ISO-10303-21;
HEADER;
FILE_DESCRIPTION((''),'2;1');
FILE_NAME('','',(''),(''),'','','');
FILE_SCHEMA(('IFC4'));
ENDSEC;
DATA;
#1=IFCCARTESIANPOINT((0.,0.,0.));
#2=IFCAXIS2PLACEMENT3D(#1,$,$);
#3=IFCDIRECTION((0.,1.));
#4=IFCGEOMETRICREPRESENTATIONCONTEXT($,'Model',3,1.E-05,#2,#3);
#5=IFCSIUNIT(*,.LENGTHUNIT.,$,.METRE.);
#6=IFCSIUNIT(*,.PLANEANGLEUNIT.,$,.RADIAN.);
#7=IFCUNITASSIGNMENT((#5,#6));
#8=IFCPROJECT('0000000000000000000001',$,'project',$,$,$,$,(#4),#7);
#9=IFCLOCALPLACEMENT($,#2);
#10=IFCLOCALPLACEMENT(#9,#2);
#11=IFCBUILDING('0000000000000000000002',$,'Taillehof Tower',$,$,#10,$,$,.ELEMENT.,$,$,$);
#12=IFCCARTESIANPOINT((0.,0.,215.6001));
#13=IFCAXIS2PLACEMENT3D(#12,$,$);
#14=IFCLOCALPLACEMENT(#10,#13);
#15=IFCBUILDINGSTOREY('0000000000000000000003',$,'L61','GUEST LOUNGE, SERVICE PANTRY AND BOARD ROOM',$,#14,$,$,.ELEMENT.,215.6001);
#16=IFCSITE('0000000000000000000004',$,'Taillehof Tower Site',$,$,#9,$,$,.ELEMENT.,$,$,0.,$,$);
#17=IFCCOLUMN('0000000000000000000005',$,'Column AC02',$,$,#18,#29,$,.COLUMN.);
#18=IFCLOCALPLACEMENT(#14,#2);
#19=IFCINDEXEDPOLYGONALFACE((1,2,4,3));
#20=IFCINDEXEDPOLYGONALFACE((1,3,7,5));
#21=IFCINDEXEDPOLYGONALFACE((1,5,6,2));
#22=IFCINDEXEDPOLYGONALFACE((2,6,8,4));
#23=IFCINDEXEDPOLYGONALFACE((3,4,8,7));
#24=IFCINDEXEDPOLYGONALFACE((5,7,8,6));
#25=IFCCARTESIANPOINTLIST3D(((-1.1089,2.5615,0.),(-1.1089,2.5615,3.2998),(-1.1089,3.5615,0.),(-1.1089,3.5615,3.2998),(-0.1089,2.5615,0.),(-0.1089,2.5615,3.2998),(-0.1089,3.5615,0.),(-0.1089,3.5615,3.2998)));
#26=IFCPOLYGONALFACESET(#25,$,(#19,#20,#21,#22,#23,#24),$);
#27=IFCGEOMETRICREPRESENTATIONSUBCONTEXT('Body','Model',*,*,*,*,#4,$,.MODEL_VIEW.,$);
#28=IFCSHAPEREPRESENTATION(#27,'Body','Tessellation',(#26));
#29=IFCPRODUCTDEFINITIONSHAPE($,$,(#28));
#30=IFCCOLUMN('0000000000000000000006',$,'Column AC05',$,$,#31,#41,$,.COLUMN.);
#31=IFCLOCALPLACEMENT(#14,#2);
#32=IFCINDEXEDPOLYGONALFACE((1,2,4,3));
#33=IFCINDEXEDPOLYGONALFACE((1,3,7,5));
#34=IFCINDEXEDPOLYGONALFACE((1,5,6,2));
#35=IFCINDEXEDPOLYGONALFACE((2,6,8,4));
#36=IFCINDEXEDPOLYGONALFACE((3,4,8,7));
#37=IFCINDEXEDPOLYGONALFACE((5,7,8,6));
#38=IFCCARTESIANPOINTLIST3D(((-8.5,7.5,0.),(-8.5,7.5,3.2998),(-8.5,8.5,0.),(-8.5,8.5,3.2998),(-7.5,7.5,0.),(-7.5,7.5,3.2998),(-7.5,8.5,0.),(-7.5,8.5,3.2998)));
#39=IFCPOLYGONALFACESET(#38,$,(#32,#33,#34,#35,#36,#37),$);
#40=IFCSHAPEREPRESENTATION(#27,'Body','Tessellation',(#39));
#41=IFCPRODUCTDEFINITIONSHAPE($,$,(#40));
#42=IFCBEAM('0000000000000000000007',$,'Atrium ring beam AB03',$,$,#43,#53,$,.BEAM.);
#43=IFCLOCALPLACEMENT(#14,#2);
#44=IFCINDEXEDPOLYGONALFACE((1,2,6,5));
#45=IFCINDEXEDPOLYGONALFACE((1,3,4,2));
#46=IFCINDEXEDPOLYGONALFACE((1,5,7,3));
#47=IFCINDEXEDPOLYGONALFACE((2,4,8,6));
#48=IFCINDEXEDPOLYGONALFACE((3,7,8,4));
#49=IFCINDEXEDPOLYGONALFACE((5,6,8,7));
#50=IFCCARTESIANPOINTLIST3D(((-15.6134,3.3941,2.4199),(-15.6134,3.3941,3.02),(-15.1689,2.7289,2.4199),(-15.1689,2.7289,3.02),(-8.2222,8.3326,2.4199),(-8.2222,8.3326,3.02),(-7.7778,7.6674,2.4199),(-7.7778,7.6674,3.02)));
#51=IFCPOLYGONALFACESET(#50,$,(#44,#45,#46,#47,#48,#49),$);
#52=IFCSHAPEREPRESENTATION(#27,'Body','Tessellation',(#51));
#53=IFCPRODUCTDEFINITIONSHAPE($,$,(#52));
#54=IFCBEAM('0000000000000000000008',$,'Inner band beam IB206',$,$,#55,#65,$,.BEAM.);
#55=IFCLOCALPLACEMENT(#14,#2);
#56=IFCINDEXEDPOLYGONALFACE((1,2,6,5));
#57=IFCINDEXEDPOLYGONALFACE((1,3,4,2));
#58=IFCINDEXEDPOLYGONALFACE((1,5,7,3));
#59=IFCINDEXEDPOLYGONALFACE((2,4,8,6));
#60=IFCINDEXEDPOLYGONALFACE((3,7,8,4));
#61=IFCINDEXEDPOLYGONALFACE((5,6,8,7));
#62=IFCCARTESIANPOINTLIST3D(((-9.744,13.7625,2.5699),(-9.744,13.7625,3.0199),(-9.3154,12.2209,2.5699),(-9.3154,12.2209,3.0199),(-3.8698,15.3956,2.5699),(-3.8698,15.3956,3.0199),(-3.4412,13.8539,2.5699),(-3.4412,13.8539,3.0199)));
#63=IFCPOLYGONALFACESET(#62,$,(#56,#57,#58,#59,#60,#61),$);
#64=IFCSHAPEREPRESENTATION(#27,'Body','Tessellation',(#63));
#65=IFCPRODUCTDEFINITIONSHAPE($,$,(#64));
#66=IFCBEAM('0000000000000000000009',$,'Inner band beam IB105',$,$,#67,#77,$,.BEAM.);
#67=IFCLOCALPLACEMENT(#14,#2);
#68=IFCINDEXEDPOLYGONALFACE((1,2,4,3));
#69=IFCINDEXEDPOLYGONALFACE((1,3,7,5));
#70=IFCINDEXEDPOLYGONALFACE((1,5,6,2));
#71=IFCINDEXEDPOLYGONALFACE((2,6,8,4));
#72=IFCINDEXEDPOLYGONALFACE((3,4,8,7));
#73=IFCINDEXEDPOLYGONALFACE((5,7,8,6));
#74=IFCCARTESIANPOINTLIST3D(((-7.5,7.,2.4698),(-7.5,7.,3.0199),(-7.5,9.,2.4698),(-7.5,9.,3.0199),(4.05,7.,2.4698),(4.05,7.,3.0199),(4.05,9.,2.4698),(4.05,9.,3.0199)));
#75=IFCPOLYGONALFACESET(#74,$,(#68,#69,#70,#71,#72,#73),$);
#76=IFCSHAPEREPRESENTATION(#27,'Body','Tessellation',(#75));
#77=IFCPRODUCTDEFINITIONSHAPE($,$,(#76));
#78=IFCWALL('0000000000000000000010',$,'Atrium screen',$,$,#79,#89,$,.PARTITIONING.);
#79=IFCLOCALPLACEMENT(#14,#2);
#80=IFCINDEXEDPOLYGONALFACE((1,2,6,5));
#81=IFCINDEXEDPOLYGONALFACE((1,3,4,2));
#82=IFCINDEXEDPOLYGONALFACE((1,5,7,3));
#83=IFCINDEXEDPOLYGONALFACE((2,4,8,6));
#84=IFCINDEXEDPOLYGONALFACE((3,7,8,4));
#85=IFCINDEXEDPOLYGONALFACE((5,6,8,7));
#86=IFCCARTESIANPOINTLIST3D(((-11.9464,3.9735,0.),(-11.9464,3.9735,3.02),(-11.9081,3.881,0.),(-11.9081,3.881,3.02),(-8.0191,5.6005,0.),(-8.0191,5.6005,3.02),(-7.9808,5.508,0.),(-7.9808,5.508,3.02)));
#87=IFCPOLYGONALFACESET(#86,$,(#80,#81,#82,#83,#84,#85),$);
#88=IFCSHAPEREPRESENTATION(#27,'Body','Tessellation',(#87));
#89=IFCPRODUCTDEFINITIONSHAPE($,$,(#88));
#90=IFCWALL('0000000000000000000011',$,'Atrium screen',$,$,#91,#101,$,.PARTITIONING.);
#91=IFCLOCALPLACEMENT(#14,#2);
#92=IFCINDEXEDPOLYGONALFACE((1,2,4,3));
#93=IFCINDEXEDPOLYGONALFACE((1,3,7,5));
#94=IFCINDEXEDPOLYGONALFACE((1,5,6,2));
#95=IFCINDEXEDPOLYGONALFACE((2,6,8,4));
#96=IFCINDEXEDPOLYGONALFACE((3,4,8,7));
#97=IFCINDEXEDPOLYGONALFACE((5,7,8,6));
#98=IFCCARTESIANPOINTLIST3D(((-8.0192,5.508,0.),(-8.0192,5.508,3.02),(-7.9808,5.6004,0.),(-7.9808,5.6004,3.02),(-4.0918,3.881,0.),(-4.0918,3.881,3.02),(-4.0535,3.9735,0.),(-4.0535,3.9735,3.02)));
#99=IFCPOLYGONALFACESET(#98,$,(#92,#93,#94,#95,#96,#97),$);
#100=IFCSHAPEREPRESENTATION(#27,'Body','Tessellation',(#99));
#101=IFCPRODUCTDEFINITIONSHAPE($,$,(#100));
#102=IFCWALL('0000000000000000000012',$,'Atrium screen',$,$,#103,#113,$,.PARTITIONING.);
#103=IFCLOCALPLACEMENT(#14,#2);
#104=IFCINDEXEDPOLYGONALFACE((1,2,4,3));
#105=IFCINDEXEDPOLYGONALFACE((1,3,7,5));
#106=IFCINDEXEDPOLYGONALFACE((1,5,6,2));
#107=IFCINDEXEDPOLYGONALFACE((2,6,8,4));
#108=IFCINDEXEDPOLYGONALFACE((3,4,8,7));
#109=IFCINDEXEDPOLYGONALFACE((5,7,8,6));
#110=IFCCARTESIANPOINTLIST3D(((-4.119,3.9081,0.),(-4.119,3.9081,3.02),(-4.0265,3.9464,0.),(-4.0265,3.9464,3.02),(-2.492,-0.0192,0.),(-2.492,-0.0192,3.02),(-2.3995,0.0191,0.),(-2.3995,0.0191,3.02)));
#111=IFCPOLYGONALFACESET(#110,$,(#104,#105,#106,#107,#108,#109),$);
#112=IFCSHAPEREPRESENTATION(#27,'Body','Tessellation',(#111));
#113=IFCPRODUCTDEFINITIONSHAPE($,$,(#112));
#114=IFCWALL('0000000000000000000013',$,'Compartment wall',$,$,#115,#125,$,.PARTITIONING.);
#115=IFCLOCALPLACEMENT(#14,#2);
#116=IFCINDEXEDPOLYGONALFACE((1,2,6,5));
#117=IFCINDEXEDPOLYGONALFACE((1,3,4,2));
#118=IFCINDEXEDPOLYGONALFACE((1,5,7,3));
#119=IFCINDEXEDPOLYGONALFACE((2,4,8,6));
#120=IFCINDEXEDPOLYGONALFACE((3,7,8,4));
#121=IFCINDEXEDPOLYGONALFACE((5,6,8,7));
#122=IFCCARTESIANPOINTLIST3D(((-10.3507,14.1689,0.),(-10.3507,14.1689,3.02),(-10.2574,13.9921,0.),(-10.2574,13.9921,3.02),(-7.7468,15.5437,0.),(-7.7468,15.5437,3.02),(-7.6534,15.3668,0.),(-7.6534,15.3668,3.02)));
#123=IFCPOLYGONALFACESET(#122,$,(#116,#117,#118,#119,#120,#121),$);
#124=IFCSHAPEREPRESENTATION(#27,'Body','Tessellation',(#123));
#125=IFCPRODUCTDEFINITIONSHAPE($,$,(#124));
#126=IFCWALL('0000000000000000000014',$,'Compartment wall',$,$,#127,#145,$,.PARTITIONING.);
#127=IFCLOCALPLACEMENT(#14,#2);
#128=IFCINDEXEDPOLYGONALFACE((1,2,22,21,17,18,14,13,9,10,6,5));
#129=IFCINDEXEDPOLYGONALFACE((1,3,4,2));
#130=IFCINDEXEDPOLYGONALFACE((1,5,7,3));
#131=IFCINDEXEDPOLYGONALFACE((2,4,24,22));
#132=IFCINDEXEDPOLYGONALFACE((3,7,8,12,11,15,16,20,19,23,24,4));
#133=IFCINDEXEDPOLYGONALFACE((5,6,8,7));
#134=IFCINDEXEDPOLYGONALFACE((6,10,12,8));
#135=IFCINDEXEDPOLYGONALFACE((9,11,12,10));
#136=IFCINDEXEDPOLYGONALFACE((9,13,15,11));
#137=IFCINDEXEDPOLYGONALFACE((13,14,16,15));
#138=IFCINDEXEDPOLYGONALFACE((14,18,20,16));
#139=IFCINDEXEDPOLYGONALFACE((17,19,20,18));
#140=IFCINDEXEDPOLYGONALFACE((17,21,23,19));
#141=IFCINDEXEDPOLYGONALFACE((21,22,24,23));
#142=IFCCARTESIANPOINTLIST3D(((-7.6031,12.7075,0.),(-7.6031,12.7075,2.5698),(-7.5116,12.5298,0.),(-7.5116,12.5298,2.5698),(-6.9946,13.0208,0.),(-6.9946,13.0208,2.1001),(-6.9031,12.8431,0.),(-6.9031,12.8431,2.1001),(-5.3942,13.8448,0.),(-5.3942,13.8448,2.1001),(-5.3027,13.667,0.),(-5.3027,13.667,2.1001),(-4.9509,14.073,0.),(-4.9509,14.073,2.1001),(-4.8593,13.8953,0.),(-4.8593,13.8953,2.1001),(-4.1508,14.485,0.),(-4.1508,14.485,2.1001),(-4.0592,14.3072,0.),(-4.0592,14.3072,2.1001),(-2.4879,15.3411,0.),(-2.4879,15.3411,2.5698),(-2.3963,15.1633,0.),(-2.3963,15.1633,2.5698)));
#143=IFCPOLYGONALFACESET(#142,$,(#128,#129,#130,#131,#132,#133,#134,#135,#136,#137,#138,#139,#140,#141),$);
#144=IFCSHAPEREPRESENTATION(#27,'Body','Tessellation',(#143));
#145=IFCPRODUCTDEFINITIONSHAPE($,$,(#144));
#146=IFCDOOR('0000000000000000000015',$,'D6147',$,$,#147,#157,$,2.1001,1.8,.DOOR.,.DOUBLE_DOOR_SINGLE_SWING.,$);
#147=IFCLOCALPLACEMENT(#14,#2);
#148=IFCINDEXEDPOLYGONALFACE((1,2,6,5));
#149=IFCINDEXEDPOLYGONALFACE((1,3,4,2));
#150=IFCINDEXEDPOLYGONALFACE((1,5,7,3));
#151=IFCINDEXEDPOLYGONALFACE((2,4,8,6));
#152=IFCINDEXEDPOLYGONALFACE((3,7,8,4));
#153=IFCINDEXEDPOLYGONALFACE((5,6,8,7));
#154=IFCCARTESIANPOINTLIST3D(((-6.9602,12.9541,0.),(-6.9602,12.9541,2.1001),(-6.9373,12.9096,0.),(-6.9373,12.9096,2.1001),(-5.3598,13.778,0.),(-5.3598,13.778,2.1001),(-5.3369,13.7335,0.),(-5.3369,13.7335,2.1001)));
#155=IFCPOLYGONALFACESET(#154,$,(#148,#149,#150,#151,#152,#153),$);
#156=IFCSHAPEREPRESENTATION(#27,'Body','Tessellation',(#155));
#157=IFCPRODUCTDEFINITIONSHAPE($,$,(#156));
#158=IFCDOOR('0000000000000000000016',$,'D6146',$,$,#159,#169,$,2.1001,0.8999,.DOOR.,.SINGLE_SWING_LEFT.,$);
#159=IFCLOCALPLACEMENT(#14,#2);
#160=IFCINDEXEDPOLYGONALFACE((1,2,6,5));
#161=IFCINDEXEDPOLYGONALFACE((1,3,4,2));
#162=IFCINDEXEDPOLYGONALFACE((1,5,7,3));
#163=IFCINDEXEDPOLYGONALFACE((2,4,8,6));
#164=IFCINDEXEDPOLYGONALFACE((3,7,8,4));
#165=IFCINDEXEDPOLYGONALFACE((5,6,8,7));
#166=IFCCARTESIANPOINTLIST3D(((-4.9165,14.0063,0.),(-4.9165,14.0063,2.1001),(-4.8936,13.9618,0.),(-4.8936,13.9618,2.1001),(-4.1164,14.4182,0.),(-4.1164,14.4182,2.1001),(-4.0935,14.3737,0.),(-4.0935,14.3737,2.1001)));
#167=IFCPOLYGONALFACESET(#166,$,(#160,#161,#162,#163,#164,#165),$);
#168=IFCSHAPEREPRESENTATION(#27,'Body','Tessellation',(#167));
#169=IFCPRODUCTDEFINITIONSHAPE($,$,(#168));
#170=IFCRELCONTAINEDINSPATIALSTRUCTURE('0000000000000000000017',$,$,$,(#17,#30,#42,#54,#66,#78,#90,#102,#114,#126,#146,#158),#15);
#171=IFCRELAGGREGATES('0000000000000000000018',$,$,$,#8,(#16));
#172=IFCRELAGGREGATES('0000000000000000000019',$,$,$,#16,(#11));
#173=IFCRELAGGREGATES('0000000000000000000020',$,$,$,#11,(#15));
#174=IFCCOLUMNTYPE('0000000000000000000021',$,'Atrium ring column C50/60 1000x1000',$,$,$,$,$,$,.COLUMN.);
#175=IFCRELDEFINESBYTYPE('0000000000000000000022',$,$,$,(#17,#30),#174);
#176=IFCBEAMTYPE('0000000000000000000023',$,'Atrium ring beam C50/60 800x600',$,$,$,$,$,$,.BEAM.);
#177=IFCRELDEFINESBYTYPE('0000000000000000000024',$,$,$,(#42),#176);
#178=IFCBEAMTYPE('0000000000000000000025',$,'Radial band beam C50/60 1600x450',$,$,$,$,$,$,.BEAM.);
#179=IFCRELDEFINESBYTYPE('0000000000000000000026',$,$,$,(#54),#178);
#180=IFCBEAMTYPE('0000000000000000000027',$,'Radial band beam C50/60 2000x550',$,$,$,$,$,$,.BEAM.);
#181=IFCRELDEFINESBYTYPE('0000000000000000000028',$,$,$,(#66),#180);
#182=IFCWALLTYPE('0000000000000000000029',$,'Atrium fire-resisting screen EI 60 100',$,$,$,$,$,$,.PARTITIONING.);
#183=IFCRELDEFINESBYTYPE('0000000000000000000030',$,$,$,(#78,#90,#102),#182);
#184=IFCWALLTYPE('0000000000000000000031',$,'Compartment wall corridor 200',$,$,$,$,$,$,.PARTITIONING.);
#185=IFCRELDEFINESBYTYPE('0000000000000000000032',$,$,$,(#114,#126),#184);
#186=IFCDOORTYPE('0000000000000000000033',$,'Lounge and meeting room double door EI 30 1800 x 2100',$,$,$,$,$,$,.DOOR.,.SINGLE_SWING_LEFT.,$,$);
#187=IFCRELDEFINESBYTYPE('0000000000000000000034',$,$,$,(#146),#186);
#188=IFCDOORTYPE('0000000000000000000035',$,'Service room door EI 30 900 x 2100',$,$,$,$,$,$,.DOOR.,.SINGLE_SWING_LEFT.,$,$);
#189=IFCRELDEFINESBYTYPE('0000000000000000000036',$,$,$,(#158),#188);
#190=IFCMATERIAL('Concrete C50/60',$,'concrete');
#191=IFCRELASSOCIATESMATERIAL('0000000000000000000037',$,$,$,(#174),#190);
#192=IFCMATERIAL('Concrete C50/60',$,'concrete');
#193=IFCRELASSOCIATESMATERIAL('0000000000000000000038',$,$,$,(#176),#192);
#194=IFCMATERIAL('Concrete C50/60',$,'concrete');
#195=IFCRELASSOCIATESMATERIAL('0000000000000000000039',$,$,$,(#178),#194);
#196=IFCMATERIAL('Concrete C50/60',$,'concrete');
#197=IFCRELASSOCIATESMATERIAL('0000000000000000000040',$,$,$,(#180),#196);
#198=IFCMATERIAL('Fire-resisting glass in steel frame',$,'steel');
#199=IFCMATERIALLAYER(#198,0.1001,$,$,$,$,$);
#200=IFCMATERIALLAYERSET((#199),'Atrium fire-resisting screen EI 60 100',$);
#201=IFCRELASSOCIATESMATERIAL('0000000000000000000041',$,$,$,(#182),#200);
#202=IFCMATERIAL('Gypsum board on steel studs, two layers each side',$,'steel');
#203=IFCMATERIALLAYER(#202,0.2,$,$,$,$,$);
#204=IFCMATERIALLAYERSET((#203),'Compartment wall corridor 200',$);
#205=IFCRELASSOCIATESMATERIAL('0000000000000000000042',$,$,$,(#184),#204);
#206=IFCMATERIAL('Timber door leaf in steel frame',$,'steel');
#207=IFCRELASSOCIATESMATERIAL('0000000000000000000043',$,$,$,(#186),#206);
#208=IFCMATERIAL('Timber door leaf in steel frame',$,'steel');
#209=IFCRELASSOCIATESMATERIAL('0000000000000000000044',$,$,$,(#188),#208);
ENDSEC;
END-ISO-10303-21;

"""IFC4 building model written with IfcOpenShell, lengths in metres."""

from ifc_helpers import new_model, si_unit, direction, frame, frame_2d, origin, origin_2d, place, context, subcontext, project, spatial, rectangle, extrude, material, layer, layer_set, material_profile, profile_set, type_object, element, fill, save


model = new_model("IFC4")

# Units and contexts
model_context = context("Model", 3, precision=1e-05, world=origin(), true_north=direction((0.0, 1.0)))
body_context = subcontext(model_context, "Body", "Model", "MODEL_VIEW")
ifc_project = project(units=[si_unit("LENGTHUNIT", "METRE"), si_unit("PLANEANGLEUNIT", "RADIAN")], contexts=[model_context])

# Site, building, storey
site_placement = place(None, origin())
site = spatial("IfcSite", under=ifc_project, at=site_placement, Name="Taillehof Tower Site", CompositionType="ELEMENT", RefElevation=0.0)
building_placement = place(site_placement, origin())
building = spatial("IfcBuilding", under=site, at=building_placement, Name="Taillehof Tower", CompositionType="ELEMENT")
storey_placement = place(building_placement, frame((0.0, 0.0, 215.6001)))
storey = spatial("IfcBuildingStorey", under=building, at=storey_placement, Name="L61", Description="GUEST LOUNGE, SERVICE PANTRY AND BOARD ROOM", CompositionType="ELEMENT", Elevation=215.6001)

# Columns
ifc_material_1 = material(Name="Concrete C50/60", Category="concrete")
ifc_material_profile_1 = material_profile(ifc_material_1, rectangle(XDim=1.0, YDim=1.0, at=origin_2d()), Name="RC 1000x1000")
ifc_profile_set_1 = profile_set([ifc_material_profile_1], Name="Concrete C50/60")
column_type = type_object("IfcColumnType", Name="Atrium ring column C50/60 1000x1000", PredefinedType="COLUMN", material=ifc_profile_set_1)
for number, where, z_axis, x_axis, name in (
    (1, (-0.6089, 3.0615, 0.0), (0.0, 0.0, 1.0), (1.0, 0.0, 0.0), "Column AC02"),
    (2, (-8.0, 8.0, 0.0), (0.0, 0.0, 1.0), (1.0, 0.0, 0.0), "Column AC05"),
):
    element("IfcColumn", number, at=place(storey_placement, frame(where, z_axis=z_axis, x_axis=x_axis)), inside=storey, type_object=column_type, Name=name, PredefinedType="COLUMN", context=body_context, shape_type="SweptSolid", body=[
        extrude(rectangle(XDim=1.0, YDim=1.0, at=origin_2d()), origin(), (0.0, 0.0, 1.0), 3.2998),
    ])

# Beams
ifc_material_2 = material(Name="Concrete C50/60", Category="concrete")
ifc_material_profile_2 = material_profile(ifc_material_2, rectangle(XDim=0.8, YDim=0.6001, at=origin_2d()), Name="RC 800x600")
ifc_profile_set_2 = profile_set([ifc_material_profile_2], Name="Concrete C50/60")
beam_type_1 = type_object("IfcBeamType", Name="Atrium ring beam C50/60 800x600", PredefinedType="BEAM", material=ifc_profile_set_2)
beam_1_placement = place(storey_placement, frame((-8.0, 8.0, 2.72), z_axis=(-0.831475, -0.555562, 0.0), x_axis=(0.555562, -0.831475, 0.0)))
element("IfcBeam", 3, at=beam_1_placement, inside=storey, type_object=beam_type_1, Name="Atrium ring beam AB03", PredefinedType="BEAM", context=body_context, shape_type="SweptSolid", body=[
    extrude(rectangle(XDim=0.8, YDim=0.6001, at=origin_2d()), origin(), (0.0, 0.0, 1.0), 8.8892),
])
ifc_material_3 = material(Name="Concrete C50/60", Category="concrete")
ifc_material_profile_3 = material_profile(ifc_material_3, rectangle(XDim=1.6001, YDim=0.45, at=origin_2d()), Name="RC 1600x450")
ifc_profile_set_3 = profile_set([ifc_material_profile_3], Name="Concrete C50/60")
beam_type_2 = type_object("IfcBeamType", Name="Radial band beam C50/60 1600x450", PredefinedType="BEAM", material=ifc_profile_set_3)
beam_2_placement = place(storey_placement, frame((-3.6555, 14.6248, 2.7949), z_axis=(-0.963459, -0.267855, 0.0), x_axis=(0.267855, -0.963459, 0.0)))
element("IfcBeam", 4, at=beam_2_placement, inside=storey, type_object=beam_type_2, Name="Inner band beam IB206", PredefinedType="BEAM", context=body_context, shape_type="SweptSolid", body=[
    extrude(rectangle(XDim=1.6001, YDim=0.45, at=origin_2d()), origin(), (0.0, 0.0, 1.0), 6.0969),
])
ifc_material_4 = material(Name="Concrete C50/60", Category="concrete")
ifc_material_profile_4 = material_profile(ifc_material_4, rectangle(XDim=2.0, YDim=0.55, at=origin_2d()), Name="RC 2000x550")
ifc_profile_set_4 = profile_set([ifc_material_profile_4], Name="Concrete C50/60")
beam_type_3 = type_object("IfcBeamType", Name="Radial band beam C50/60 2000x550", PredefinedType="BEAM", material=ifc_profile_set_4)
beam_3_placement = place(storey_placement, frame((-7.5, 8.0, 2.7449), z_axis=(1.0, 0.0, 0.0), x_axis=(0.0, 1.0, 0.0)))
element("IfcBeam", 5, at=beam_3_placement, inside=storey, type_object=beam_type_3, Name="Inner band beam IB105", PredefinedType="BEAM", context=body_context, shape_type="SweptSolid", body=[
    extrude(rectangle(XDim=2.0, YDim=0.55, at=origin_2d()), origin(), (0.0, 0.0, 1.0), 11.55),
])

# Walls
ifc_material_5 = material(Name="Fire-resisting glass in steel frame", Category="steel")
ifc_layer_1 = layer(ifc_material_5, 0.1001)
ifc_layer_set_1 = layer_set([ifc_layer_1], Name="Atrium fire-resisting screen EI 60 100")
wall_type_1 = type_object("IfcWallType", Name="Atrium fire-resisting screen EI 60 100", PredefinedType="PARTITIONING", material=ifc_layer_set_1)
for number, where, z_axis, x_axis, name in (
    (6, (-11.9272, 3.9272, 0.0), (0.0, 0.0, 1.0), (0.92386, 0.382731, 0.0), "Atrium screen"),
    (7, (-8.0, 5.5542, 0.0), (0.0, 0.0, 1.0), (0.92386, -0.382731, 0.0), "Atrium screen"),
    (8, (-4.0728, 3.9272, 0.0), (0.0, 0.0, 1.0), (0.382731, -0.92386, 0.0), "Atrium screen"),
):
    element("IfcWall", number, at=place(storey_placement, frame(where, z_axis=z_axis, x_axis=x_axis)), inside=storey, type_object=wall_type_1, Name=name, PredefinedType="PARTITIONING", context=body_context, shape_type="SweptSolid", body=[
        extrude(rectangle(XDim=4.251, YDim=0.1001, at=frame_2d((2.1255, 0.0))), origin(), (0.0, 0.0, 1.0), 3.02),
    ])
ifc_material_6 = material(Name="Gypsum board on steel studs, two layers each side", Category="steel")
ifc_layer_2 = layer(ifc_material_6, 0.2)
ifc_layer_set_2 = layer_set([ifc_layer_2], Name="Compartment wall corridor 200")
wall_type_2 = type_object("IfcWallType", Name="Compartment wall corridor 200", PredefinedType="PARTITIONING", material=ifc_layer_set_2)
wall_1_placement = place(storey_placement, frame((-10.304, 14.0806, 0.0), z_axis=(0.0, 0.0, 1.0), x_axis=(0.884326, 0.46687, 0.0)))
element("IfcWall", 9, at=wall_1_placement, inside=storey, type_object=wall_type_2, Name="Compartment wall", PredefinedType="PARTITIONING", context=body_context, shape_type="SweptSolid", body=[
    extrude(rectangle(XDim=2.9446, YDim=0.2, at=frame_2d((1.4722, 0.0))), origin(), (0.0, 0.0, 1.0), 3.02),
])

# Wall, openings, doors
wall_2_placement = place(storey_placement, frame((-7.5574, 12.6187, 0.0), z_axis=(0.0, 0.0, 1.0), x_axis=(0.889086, 0.45774, 0.0)))
wall_2 = element("IfcWall", 10, at=wall_2_placement, inside=storey, type_object=wall_type_2, Name="Compartment wall", PredefinedType="PARTITIONING", context=body_context, shape_type="SweptSolid", body=[
    extrude(rectangle(XDim=5.7534, YDim=0.2, at=frame_2d((2.8767, 0.0))), origin(), (0.0, 0.0, 1.0), 2.5698),
])
opening_1_placement = place(wall_2_placement, frame((2.9832, 0.0, 0.0)))
opening_1 = element("IfcOpeningElement", 11, at=opening_1_placement, cuts=wall_2, PredefinedType="OPENING", context=body_context, shape_type="SweptSolid", body=[
    extrude(rectangle(XDim=0.8999, YDim=2.1001, at=frame_2d((0.45, 1.05))), frame((0.0, 0.1099, 0.0), z_axis=(0.0, -1.0, 0.0), x_axis=(1.0, 0.0, 0.0)), (0.0, 0.0, 1.0), 0.22),
])
opening_2_placement = place(wall_2_placement, frame((0.6846, 0.0, 0.0)))
opening_2 = element("IfcOpeningElement", 12, at=opening_2_placement, cuts=wall_2, PredefinedType="OPENING", context=body_context, shape_type="SweptSolid", body=[
    extrude(rectangle(XDim=1.8, YDim=2.1001, at=frame_2d((0.8999, 1.05))), frame((0.0, 0.1099, 0.0), z_axis=(0.0, -1.0, 0.0), x_axis=(1.0, 0.0, 0.0)), (0.0, 0.0, 1.0), 0.22),
])
ifc_material_7 = material(Name="Timber door leaf in steel frame", Category="steel")
door_type_1 = type_object("IfcDoorType", Name="Lounge and meeting room double door EI 30 1800 x 2100", OperationType="SINGLE_SWING_LEFT", PredefinedType="DOOR", material=ifc_material_7)
door_1_placement = place(opening_2_placement, origin())
door_1 = element("IfcDoor", 13, at=door_1_placement, inside=storey, type_object=door_type_1, Name="D6147", OperationType="DOUBLE_DOOR_SINGLE_SWING", OverallHeight=2.1001, OverallWidth=1.8, PredefinedType="DOOR", context=body_context, shape_type="SweptSolid", body=[
    extrude(rectangle(XDim=1.8, YDim=2.1001, at=frame_2d((0.8999, 1.05))), frame((0.0, 0.0249, 0.0), z_axis=(0.0, -1.0, 0.0), x_axis=(1.0, 0.0, 0.0)), (0.0, 0.0, 1.0), 0.05),
])
fill(opening_2, door_1)
ifc_material_8 = material(Name="Timber door leaf in steel frame", Category="steel")
door_type_2 = type_object("IfcDoorType", Name="Service room door EI 30 900 x 2100", OperationType="SINGLE_SWING_LEFT", PredefinedType="DOOR", material=ifc_material_8)
door_2_placement = place(opening_1_placement, origin())
door_2 = element("IfcDoor", 14, at=door_2_placement, inside=storey, type_object=door_type_2, Name="D6146", OperationType="SINGLE_SWING_LEFT", OverallHeight=2.1001, OverallWidth=0.8999, PredefinedType="DOOR", context=body_context, shape_type="SweptSolid", body=[
    extrude(rectangle(XDim=0.8999, YDim=2.1001, at=frame_2d((0.45, 1.05))), frame((0.0, 0.0249, 0.0), z_axis=(0.0, -1.0, 0.0), x_axis=(1.0, 0.0, 0.0)), (0.0, 0.0, 1.0), 0.05),
])
fill(opening_1, door_2)

save(model, "model.ifc")
